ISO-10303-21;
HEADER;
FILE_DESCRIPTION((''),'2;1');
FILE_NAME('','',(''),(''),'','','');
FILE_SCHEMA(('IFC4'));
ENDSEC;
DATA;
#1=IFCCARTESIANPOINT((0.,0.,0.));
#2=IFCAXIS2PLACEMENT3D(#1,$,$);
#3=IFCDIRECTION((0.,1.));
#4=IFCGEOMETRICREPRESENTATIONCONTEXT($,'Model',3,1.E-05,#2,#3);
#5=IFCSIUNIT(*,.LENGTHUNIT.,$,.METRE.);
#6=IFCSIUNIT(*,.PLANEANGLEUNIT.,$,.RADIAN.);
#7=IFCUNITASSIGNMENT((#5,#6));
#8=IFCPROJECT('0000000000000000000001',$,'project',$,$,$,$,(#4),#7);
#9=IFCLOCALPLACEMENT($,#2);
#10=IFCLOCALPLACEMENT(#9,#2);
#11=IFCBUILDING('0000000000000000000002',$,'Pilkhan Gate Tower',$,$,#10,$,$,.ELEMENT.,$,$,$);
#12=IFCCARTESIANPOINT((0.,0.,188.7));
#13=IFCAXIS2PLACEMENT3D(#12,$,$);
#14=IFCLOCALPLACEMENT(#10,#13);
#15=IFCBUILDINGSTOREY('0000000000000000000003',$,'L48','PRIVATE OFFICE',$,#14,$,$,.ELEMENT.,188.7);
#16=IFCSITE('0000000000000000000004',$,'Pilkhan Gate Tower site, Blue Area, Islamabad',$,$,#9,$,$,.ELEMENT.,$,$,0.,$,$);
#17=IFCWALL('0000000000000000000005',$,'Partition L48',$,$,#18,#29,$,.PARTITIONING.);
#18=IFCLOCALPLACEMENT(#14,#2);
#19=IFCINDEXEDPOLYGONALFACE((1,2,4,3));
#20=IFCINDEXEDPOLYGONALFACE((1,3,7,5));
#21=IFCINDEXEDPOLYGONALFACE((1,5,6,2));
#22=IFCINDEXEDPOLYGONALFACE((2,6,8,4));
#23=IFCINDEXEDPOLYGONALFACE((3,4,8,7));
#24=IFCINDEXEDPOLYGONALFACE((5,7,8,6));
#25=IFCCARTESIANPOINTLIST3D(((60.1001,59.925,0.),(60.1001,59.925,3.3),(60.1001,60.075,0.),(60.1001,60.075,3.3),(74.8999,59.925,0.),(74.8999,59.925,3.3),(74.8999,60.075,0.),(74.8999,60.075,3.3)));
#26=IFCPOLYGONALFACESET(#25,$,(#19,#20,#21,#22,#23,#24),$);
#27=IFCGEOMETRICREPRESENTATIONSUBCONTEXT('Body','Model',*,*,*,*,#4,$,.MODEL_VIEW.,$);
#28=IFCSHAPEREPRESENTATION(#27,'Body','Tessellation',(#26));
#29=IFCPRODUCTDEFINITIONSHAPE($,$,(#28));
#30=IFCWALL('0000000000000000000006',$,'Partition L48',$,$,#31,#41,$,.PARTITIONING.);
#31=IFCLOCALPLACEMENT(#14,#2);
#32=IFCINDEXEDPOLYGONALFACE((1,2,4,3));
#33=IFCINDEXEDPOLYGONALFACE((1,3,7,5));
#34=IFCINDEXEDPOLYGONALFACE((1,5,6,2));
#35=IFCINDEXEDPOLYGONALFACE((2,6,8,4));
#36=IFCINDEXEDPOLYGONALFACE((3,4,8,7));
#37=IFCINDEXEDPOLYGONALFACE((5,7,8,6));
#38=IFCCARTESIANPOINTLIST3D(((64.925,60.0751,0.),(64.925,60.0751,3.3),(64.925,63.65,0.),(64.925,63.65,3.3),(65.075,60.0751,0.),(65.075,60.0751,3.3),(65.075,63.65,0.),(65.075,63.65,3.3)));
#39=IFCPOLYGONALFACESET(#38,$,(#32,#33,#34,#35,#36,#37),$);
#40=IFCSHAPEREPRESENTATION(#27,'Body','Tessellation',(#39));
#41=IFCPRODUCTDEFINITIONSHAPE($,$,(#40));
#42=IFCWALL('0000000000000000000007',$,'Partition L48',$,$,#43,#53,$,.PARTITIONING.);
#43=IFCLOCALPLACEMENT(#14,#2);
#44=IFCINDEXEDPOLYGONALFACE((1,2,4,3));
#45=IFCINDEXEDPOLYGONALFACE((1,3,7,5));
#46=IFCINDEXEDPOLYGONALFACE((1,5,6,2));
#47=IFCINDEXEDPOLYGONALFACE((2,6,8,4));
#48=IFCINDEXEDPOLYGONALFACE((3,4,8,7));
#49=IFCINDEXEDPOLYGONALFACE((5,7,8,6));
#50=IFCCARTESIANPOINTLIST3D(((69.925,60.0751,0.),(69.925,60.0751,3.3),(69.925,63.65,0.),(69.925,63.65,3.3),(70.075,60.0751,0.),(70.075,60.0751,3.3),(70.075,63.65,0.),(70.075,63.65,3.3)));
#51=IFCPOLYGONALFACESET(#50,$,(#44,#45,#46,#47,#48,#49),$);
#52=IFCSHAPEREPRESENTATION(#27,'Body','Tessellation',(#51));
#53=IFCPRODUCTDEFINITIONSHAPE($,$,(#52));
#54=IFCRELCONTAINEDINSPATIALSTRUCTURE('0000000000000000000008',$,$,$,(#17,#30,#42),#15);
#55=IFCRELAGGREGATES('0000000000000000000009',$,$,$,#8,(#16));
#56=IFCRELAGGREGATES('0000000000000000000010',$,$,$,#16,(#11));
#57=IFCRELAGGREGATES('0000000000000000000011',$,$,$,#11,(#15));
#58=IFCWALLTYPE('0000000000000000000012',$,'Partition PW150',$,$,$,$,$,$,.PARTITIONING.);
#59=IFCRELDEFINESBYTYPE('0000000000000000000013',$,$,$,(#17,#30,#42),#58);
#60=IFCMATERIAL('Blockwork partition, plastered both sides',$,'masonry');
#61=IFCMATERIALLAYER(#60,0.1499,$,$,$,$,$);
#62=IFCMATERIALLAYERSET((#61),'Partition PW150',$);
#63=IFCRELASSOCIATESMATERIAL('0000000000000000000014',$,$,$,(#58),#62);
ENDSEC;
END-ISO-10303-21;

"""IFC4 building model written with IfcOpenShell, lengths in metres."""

from ifc_helpers import new_model, si_unit, direction, frame, frame_2d, origin, place, context, subcontext, project, spatial, rectangle, extrude, material, layer, layer_set, type_object, element, save


model = new_model("IFC4")

# Units and contexts
model_context = context("Model", 3, precision=1e-05, world=origin(), true_north=direction((0.0, 1.0)))
body_context = subcontext(model_context, "Body", "Model", "MODEL_VIEW")
ifc_project = project(units=[si_unit("LENGTHUNIT", "METRE"), si_unit("PLANEANGLEUNIT", "RADIAN")], contexts=[model_context])

# Site, building, storey
site_placement = place(None, origin())
site = spatial("IfcSite", under=ifc_project, at=site_placement, Name="Pilkhan Gate Tower site, Blue Area, Islamabad", CompositionType="ELEMENT", RefElevation=0.0)
building_placement = place(site_placement, origin())
building = spatial("IfcBuilding", under=site, at=building_placement, Name="Pilkhan Gate Tower", CompositionType="ELEMENT")
storey_placement = place(building_placement, frame((0.0, 0.0, 188.7)))
storey = spatial("IfcBuildingStorey", under=building, at=storey_placement, Name="L48", Description="PRIVATE OFFICE", CompositionType="ELEMENT", Elevation=188.7)

# Walls
ifc_material_1 = material(Name="Blockwork partition, plastered both sides", Category="masonry")
ifc_layer_1 = layer(ifc_material_1, 0.1499)
ifc_layer_set_1 = layer_set([ifc_layer_1], Name="Partition PW150")
wall_type_1 = type_object("IfcWallType", Name="Partition PW150", PredefinedType="PARTITIONING", material=ifc_layer_set_1)
wall_1_placement = place(storey_placement, frame((60.1001, 60.0, 0.0), z_axis=(0.0, 0.0, 1.0), x_axis=(1.0, 0.0, 0.0)))
element("IfcWall", 1, at=wall_1_placement, inside=storey, type_object=wall_type_1, Name="Partition L48", PredefinedType="PARTITIONING", context=body_context, shape_type="SweptSolid", body=[
    extrude(rectangle(XDim=14.7998, YDim=0.1499, at=frame_2d((7.3999, 0.0))), origin(), (0.0, 0.0, 1.0), 3.3),
])
for number, where, z_axis, x_axis, name in (
    (2, (65.0, 60.075, 0.0), (0.0, 0.0, 1.0), (0.0, 1.0, 0.0), "Partition L48"),
    (3, (70.0, 60.075, 0.0), (0.0, 0.0, 1.0), (0.0, 1.0, 0.0), "Partition L48"),
):
    element("IfcWall", number, at=place(storey_placement, frame(where, z_axis=z_axis, x_axis=x_axis)), inside=storey, type_object=wall_type_1, Name=name, PredefinedType="PARTITIONING", context=body_context, shape_type="SweptSolid", body=[
        extrude(rectangle(XDim=3.575, YDim=0.1499, at=frame_2d((1.7876, 0.0))), origin(), (0.0, 0.0, 1.0), 3.3),
    ])

save(model, "model.ifc")
